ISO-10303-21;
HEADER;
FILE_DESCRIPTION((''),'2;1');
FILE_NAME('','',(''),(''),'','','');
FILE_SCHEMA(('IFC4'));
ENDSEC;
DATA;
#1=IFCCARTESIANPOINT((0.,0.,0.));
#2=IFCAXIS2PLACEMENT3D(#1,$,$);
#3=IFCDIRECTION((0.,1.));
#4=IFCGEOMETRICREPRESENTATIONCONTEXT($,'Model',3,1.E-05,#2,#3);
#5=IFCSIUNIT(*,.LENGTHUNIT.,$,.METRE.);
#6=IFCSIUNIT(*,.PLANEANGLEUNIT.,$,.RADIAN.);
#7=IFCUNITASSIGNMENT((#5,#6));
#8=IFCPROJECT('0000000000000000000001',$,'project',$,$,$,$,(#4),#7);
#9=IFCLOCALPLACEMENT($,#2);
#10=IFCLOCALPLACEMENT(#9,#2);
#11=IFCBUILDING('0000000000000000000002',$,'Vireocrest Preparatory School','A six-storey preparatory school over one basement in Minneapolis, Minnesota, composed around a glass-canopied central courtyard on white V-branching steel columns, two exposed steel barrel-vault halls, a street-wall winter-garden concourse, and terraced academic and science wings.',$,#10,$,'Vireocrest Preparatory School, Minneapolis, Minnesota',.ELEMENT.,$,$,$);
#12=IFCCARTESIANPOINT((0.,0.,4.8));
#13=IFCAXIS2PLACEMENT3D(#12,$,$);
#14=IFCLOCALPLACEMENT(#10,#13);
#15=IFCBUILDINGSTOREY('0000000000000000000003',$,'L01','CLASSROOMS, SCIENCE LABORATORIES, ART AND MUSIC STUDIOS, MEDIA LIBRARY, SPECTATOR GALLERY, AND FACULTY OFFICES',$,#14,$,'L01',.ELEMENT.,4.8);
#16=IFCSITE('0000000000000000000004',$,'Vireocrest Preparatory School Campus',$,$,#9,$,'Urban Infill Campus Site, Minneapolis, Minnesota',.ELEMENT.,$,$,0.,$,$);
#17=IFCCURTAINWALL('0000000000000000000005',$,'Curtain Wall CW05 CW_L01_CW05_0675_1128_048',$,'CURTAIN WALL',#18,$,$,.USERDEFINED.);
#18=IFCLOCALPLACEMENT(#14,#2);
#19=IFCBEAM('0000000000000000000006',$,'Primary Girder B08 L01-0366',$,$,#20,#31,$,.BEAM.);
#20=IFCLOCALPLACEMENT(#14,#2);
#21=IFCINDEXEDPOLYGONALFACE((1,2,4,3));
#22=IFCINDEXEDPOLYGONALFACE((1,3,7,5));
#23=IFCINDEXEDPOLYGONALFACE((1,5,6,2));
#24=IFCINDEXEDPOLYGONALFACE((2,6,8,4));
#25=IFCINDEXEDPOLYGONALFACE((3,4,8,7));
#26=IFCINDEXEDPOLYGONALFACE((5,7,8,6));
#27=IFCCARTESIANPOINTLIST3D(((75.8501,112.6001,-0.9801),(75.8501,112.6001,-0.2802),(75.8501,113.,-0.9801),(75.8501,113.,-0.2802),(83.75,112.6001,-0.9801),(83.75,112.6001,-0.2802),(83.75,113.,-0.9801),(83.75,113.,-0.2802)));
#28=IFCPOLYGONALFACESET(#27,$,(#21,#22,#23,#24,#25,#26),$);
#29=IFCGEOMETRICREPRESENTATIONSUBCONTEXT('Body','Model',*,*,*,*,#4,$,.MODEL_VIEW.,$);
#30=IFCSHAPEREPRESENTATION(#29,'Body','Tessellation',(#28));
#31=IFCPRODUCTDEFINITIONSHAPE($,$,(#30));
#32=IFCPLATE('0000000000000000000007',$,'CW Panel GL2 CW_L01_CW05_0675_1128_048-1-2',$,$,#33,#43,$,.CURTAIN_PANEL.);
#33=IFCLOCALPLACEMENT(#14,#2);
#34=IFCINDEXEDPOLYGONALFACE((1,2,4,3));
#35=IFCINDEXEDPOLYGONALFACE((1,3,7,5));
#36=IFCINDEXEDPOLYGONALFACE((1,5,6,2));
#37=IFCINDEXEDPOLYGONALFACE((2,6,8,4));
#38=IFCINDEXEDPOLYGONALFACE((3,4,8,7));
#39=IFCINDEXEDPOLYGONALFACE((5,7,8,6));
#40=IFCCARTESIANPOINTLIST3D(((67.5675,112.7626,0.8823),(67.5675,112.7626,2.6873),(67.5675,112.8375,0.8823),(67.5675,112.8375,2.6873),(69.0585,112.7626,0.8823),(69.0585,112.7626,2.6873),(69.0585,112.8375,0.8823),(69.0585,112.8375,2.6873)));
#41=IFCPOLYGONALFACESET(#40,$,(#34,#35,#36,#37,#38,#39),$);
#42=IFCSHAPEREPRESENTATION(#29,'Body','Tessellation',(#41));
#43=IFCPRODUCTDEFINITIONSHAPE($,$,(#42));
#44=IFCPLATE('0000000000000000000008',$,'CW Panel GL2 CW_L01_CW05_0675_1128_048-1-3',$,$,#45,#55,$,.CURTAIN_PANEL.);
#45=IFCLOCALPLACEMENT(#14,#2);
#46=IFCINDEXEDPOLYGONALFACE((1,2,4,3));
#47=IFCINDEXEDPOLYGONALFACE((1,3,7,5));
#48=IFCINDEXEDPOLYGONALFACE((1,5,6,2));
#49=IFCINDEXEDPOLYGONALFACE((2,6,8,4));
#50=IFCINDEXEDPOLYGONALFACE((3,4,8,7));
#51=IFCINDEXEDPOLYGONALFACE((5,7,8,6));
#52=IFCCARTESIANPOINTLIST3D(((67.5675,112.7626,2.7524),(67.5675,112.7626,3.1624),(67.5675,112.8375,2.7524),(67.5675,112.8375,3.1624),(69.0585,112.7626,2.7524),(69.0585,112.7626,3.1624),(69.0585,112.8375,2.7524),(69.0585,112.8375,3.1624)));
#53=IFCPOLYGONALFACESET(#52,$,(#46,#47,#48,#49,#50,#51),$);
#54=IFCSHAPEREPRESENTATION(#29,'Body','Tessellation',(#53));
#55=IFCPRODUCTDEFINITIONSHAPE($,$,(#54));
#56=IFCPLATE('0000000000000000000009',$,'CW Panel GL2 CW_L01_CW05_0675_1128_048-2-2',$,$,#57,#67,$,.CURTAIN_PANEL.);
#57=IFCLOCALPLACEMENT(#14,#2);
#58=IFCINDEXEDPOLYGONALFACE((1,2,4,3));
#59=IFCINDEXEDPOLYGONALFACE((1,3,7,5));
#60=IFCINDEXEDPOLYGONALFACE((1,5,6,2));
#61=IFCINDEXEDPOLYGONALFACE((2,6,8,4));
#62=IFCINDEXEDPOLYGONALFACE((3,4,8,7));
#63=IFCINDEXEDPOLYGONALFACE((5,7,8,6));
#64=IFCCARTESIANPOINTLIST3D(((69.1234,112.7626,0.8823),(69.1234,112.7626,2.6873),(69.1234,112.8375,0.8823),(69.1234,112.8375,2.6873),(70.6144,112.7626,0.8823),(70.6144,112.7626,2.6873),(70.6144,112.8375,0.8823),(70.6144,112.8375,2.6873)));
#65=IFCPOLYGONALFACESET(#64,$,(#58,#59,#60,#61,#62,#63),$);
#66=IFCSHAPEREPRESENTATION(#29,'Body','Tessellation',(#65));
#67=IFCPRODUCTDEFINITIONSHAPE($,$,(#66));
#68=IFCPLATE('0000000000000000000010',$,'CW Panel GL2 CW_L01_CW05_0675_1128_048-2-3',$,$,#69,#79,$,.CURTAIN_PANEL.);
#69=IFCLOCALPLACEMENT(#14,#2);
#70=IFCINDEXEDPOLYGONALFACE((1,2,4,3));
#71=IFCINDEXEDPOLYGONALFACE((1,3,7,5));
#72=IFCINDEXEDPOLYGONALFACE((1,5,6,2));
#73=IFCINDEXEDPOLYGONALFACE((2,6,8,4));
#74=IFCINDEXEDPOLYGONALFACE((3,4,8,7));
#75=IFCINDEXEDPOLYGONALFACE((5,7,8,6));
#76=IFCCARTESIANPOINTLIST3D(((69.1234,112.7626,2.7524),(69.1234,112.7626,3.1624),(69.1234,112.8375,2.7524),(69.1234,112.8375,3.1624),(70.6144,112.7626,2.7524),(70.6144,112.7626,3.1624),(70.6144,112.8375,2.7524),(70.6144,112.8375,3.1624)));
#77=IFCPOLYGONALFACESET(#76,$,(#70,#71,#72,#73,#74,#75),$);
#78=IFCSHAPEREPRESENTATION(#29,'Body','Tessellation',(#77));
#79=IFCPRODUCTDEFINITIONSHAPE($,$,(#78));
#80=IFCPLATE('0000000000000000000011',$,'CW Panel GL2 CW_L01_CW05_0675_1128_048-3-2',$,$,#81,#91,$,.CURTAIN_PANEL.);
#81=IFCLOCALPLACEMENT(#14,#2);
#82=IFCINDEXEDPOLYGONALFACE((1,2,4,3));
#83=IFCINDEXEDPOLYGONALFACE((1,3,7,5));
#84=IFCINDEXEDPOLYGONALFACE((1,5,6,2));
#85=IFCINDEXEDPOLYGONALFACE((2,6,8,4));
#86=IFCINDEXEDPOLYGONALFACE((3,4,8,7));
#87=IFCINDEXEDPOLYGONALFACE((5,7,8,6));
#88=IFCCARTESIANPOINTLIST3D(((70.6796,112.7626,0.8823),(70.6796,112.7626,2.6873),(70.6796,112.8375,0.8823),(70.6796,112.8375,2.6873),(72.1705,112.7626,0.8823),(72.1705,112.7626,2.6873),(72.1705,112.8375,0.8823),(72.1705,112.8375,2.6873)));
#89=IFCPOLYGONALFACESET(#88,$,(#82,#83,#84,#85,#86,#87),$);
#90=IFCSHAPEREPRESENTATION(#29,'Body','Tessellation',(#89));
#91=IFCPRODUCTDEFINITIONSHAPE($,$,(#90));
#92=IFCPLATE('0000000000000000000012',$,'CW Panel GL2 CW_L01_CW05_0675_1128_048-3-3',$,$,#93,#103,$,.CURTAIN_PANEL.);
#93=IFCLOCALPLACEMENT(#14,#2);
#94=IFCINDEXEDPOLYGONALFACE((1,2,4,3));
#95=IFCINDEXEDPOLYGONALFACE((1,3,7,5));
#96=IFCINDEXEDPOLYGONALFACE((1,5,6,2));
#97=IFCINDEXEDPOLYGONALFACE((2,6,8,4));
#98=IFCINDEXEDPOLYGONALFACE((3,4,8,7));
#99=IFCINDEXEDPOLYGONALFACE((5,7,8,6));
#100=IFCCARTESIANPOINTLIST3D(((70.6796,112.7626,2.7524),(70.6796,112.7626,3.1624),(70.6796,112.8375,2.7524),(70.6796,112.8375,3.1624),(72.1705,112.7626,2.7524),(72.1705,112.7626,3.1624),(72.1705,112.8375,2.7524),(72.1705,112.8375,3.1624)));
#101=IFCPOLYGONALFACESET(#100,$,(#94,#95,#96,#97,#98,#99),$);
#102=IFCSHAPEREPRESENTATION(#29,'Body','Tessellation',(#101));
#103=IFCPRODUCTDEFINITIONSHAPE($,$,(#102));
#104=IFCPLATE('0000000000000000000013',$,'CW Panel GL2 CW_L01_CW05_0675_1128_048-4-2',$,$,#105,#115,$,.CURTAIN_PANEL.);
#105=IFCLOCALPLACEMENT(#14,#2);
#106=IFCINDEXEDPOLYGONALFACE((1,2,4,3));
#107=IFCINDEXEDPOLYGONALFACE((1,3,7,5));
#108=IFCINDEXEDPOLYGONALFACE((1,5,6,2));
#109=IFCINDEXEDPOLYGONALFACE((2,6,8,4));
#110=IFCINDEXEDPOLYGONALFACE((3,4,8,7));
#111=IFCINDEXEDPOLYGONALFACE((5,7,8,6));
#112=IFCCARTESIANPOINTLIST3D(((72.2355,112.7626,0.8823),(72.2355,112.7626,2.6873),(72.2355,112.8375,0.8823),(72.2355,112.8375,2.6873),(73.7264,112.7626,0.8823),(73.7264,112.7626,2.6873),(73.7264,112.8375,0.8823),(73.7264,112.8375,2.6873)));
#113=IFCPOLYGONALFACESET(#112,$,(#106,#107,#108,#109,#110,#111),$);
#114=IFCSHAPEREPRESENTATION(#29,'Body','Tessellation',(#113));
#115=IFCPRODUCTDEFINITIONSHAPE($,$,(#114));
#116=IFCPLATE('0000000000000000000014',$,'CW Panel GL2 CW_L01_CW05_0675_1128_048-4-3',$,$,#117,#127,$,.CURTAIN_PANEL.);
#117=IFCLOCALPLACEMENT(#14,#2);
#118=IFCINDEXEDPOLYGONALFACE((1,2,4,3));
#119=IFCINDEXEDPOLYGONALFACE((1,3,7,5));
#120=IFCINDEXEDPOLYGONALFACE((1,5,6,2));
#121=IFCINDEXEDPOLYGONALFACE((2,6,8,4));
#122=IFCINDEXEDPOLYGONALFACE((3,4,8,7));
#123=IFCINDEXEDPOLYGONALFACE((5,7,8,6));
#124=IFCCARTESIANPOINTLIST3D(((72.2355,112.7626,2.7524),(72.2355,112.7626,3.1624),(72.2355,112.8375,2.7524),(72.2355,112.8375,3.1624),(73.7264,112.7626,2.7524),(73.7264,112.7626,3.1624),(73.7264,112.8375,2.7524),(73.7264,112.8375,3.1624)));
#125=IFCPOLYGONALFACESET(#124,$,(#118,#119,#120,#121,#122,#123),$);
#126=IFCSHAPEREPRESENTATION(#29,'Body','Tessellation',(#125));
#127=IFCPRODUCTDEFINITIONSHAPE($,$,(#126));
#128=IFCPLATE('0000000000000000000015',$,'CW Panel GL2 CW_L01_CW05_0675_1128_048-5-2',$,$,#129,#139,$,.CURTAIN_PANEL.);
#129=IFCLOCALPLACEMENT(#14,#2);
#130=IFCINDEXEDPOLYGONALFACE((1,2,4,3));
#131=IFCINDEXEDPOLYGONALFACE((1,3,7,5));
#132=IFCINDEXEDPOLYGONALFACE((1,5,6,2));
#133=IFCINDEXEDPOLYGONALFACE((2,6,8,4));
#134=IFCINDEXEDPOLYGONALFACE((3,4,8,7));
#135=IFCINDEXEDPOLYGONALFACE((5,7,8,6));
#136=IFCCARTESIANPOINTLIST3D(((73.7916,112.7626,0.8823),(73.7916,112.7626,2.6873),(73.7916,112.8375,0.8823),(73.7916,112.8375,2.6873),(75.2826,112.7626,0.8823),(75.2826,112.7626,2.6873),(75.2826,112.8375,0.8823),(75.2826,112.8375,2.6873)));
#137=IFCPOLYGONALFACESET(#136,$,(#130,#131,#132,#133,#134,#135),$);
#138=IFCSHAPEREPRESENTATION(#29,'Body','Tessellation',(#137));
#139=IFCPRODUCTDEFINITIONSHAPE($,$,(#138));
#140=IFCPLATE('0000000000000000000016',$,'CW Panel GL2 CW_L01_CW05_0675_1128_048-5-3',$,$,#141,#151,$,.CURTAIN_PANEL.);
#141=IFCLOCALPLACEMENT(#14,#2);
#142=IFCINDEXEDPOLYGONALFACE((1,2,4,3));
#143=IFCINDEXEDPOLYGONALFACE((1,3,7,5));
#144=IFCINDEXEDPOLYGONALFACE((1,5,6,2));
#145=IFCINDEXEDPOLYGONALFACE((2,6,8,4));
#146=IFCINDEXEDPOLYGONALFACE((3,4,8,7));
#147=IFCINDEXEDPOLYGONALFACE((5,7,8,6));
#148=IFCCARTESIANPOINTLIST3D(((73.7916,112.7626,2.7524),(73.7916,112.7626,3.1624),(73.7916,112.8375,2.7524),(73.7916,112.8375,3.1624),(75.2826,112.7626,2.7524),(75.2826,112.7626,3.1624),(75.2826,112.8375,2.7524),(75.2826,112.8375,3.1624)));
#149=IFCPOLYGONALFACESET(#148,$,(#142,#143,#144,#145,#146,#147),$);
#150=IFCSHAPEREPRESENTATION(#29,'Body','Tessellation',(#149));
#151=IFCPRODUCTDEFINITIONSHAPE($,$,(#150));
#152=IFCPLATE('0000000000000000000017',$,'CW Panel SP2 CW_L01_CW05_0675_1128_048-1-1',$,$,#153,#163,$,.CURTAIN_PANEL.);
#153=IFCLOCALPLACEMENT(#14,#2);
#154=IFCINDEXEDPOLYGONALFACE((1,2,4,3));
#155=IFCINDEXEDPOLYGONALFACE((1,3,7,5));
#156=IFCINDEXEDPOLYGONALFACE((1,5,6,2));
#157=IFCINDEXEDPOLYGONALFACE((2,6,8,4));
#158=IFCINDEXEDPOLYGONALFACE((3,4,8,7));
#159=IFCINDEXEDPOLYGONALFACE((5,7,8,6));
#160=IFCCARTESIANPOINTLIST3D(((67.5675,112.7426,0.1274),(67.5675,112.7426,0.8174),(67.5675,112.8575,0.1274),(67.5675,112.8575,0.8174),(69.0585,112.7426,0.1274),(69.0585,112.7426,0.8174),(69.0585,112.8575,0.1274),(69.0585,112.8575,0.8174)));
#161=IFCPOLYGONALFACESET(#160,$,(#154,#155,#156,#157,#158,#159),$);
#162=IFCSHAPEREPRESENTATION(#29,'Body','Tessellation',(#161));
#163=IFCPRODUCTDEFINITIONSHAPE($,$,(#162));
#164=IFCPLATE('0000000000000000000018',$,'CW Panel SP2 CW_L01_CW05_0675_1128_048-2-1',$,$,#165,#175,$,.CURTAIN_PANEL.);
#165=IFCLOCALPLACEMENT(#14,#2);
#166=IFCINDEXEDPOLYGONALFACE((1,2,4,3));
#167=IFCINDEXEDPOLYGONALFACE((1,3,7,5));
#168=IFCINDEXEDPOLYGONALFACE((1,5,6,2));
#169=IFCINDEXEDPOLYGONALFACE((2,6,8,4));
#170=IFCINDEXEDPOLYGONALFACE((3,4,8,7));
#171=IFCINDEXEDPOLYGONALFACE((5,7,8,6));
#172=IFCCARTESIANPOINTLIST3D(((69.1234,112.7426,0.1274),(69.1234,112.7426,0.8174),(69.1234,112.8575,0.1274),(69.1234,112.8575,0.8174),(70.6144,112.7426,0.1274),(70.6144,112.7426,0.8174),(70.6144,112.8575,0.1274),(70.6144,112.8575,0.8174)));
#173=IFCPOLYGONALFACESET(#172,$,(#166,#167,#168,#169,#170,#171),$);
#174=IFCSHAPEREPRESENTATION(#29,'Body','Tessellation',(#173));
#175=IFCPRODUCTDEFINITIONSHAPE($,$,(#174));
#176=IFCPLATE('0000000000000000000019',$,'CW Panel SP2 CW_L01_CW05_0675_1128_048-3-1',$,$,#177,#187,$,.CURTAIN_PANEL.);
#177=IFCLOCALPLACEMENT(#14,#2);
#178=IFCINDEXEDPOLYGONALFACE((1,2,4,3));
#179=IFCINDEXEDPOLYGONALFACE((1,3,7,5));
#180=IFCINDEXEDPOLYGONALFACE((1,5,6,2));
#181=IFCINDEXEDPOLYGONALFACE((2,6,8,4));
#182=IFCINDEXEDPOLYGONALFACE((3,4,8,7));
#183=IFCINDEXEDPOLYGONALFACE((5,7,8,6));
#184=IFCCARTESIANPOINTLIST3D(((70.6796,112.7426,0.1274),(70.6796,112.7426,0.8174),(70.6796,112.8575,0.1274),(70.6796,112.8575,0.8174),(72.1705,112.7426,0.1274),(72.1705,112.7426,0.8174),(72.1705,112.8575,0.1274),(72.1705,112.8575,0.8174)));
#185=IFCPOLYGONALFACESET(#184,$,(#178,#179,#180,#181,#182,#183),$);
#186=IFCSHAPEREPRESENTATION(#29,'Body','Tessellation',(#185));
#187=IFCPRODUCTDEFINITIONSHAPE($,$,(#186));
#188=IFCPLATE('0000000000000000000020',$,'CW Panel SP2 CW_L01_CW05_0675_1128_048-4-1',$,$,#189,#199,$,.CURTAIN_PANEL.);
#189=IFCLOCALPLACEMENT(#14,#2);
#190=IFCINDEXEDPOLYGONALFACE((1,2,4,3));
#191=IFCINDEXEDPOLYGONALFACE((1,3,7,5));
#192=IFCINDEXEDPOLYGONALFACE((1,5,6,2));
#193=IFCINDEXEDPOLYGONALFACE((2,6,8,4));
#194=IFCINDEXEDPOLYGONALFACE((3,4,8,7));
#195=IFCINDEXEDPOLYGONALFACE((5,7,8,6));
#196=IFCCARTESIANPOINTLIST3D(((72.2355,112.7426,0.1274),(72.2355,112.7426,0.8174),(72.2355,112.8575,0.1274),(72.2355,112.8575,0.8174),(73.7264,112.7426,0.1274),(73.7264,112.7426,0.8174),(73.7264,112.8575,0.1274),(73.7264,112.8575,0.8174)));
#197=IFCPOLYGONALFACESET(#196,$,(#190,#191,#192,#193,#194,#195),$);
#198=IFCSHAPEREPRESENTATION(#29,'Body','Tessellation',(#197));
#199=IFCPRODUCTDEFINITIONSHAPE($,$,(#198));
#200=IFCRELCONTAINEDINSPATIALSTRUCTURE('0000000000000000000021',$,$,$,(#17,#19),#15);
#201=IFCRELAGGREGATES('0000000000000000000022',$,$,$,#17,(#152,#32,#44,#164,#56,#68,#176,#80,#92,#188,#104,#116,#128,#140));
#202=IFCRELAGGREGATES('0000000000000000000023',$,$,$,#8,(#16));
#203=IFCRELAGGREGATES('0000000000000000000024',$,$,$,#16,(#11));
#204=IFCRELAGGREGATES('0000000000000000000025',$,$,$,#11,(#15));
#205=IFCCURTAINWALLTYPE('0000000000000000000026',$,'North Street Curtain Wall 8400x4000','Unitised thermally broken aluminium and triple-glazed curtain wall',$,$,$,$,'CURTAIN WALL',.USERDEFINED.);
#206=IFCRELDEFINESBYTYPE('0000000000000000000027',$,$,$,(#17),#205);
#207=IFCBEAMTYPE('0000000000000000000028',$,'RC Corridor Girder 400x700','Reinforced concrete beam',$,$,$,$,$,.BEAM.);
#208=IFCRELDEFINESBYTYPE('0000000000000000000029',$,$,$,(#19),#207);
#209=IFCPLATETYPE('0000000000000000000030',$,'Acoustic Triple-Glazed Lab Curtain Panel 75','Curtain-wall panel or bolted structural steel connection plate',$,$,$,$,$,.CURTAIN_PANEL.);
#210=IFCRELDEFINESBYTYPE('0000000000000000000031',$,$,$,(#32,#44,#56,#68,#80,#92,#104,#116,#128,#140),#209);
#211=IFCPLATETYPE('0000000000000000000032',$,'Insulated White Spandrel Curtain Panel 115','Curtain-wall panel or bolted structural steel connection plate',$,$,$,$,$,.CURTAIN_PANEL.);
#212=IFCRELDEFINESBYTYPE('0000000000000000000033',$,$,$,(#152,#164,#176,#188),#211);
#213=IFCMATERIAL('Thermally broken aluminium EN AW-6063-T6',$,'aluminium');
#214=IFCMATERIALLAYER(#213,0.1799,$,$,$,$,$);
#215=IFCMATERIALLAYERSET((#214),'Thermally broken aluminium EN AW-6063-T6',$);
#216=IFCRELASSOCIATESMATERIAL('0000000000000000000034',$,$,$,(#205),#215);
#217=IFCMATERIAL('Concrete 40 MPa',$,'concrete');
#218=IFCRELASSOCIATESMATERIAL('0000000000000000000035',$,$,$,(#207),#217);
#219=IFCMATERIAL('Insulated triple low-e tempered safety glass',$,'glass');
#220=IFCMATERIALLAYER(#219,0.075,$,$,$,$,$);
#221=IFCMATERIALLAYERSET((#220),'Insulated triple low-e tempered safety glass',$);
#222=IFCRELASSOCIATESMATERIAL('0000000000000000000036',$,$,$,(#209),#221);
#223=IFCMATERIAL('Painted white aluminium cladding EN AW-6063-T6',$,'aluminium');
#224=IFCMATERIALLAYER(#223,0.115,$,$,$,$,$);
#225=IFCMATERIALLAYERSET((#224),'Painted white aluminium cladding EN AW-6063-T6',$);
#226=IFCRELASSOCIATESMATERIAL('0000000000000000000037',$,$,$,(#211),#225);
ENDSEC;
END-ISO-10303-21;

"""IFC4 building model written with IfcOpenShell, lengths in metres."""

from ifc_helpers import new_model, si_unit, direction, frame, origin, origin_2d, place, context, subcontext, project, spatial, rectangle, extrude, material, layer, layer_set, material_profile, profile_set, type_object, element, aggregate, save


model = new_model("IFC4")

# Units and contexts
model_context = context("Model", 3, precision=1e-05, world=origin(), true_north=direction((0.0, 1.0)))
body_context = subcontext(model_context, "Body", "Model", "MODEL_VIEW")
ifc_project = project(units=[si_unit("LENGTHUNIT", "METRE"), si_unit("PLANEANGLEUNIT", "RADIAN")], contexts=[model_context])

# Site, building, storey
site_placement = place(None, origin())
site = spatial("IfcSite", under=ifc_project, at=site_placement, Name="Vireocrest Preparatory School Campus", LongName="Urban Infill Campus Site, Minneapolis, Minnesota", CompositionType="ELEMENT", RefElevation=0.0)
building_placement = place(site_placement, origin())
building = spatial("IfcBuilding", under=site, at=building_placement, Name="Vireocrest Preparatory School", Description="A six-storey preparatory school over one basement in Minneapolis, Minnesota, composed around a glass-canopied central courtyard on white V-branching steel columns, two exposed steel barrel-vault halls, a street-wall winter-garden concourse, and terraced academic and science wings.", LongName="Vireocrest Preparatory School, Minneapolis, Minnesota", CompositionType="ELEMENT")
storey_placement = place(building_placement, frame((0.0, 0.0, 4.8)))
storey = spatial("IfcBuildingStorey", under=building, at=storey_placement, Name="L01", Description="CLASSROOMS, SCIENCE LABORATORIES, ART AND MUSIC STUDIOS, MEDIA LIBRARY, SPECTATOR GALLERY, AND FACULTY OFFICES", LongName="L01", CompositionType="ELEMENT", Elevation=4.8)

# Curtain wall
ifc_material_1 = material(Name="Thermally broken aluminium EN AW-6063-T6", Category="aluminium")
ifc_layer_1 = layer(ifc_material_1, 0.1799)
ifc_layer_set_1 = layer_set([ifc_layer_1], Name="Thermally broken aluminium EN AW-6063-T6")
curtain_wall_type = type_object("IfcCurtainWallType", Name="North Street Curtain Wall 8400x4000", Description="Unitised thermally broken aluminium and triple-glazed curtain wall", ElementType="CURTAIN WALL", PredefinedType="USERDEFINED", material=ifc_layer_set_1)
curtain_wall_1_placement = place(storey_placement, origin())
curtain_wall_1 = element("IfcCurtainWall", 1, at=curtain_wall_1_placement, inside=storey, type_object=curtain_wall_type, Name="Curtain Wall CW05 CW_L01_CW05_0675_1128_048", ObjectType="CURTAIN WALL", PredefinedType="USERDEFINED")

# Beam
ifc_material_2 = material(Name="Concrete 40 MPa", Category="concrete")
ifc_material_profile_1 = material_profile(ifc_material_2, rectangle(XDim=0.3999, YDim=0.7, at=origin_2d()), Name="RC 400x700")
ifc_profile_set_1 = profile_set([ifc_material_profile_1], Name="Concrete 40 MPa")
beam_type_1 = type_object("IfcBeamType", Name="RC Corridor Girder 400x700", Description="Reinforced concrete beam", PredefinedType="BEAM", material=ifc_profile_set_1)
beam_1_placement = place(storey_placement, frame((75.8501, 112.8, -0.6301), z_axis=(1.0, 0.0, 0.0), x_axis=(0.0, 1.0, 0.0)))
element("IfcBeam", 2, at=beam_1_placement, inside=storey, type_object=beam_type_1, Name="Primary Girder B08 L01-0366", PredefinedType="BEAM", context=body_context, shape_type="SweptSolid", body=[
    extrude(rectangle(XDim=0.3999, YDim=0.7, at=origin_2d()), origin(), (0.0, 0.0, 1.0), 7.8999),
])

# Plates
ifc_material_3 = material(Name="Insulated triple low-e tempered safety glass", Category="glass")
ifc_layer_2 = layer(ifc_material_3, 0.075)
ifc_layer_set_2 = layer_set([ifc_layer_2], Name="Insulated triple low-e tempered safety glass")
plate_type_1 = type_object("IfcPlateType", Name="Acoustic Triple-Glazed Lab Curtain Panel 75", Description="Curtain-wall panel or bolted structural steel connection plate", PredefinedType="CURTAIN_PANEL", material=ifc_layer_set_2)
plate_1_placement = place(storey_placement, frame((68.313, 112.8, 0.8823), z_axis=(0.0, 0.0, 1.0), x_axis=(1.0, 0.0, 0.0)))
plate_1 = element("IfcPlate", 3, at=plate_1_placement, type_object=plate_type_1, Name="CW Panel GL2 CW_L01_CW05_0675_1128_048-1-2", PredefinedType="CURTAIN_PANEL", context=body_context, shape_type="SweptSolid", body=[
    extrude(rectangle(XDim=1.491, YDim=0.075, at=origin_2d()), origin(), (0.0, 0.0, 1.0), 1.8049),
])
plate_2_placement = place(storey_placement, frame((68.313, 112.8, 2.7524), z_axis=(0.0, 0.0, 1.0), x_axis=(1.0, 0.0, 0.0)))
plate_2 = element("IfcPlate", 4, at=plate_2_placement, type_object=plate_type_1, Name="CW Panel GL2 CW_L01_CW05_0675_1128_048-1-3", PredefinedType="CURTAIN_PANEL", context=body_context, shape_type="SweptSolid", body=[
    extrude(rectangle(XDim=1.491, YDim=0.075, at=origin_2d()), origin(), (0.0, 0.0, 1.0), 0.4099),
])
plate_3_placement = place(storey_placement, frame((69.8689, 112.8, 0.8823), z_axis=(0.0, 0.0, 1.0), x_axis=(1.0, 0.0, 0.0)))
plate_3 = element("IfcPlate", 5, at=plate_3_placement, type_object=plate_type_1, Name="CW Panel GL2 CW_L01_CW05_0675_1128_048-2-2", PredefinedType="CURTAIN_PANEL", context=body_context, shape_type="SweptSolid", body=[
    extrude(rectangle(XDim=1.491, YDim=0.075, at=origin_2d()), origin(), (0.0, 0.0, 1.0), 1.8049),
])
plate_4_placement = place(storey_placement, frame((69.8689, 112.8, 2.7524), z_axis=(0.0, 0.0, 1.0), x_axis=(1.0, 0.0, 0.0)))
plate_4 = element("IfcPlate", 6, at=plate_4_placement, type_object=plate_type_1, Name="CW Panel GL2 CW_L01_CW05_0675_1128_048-2-3", PredefinedType="CURTAIN_PANEL", context=body_context, shape_type="SweptSolid", body=[
    extrude(rectangle(XDim=1.491, YDim=0.075, at=origin_2d()), origin(), (0.0, 0.0, 1.0), 0.4099),
])
plate_5_placement = place(storey_placement, frame((71.425, 112.8, 0.8823), z_axis=(0.0, 0.0, 1.0), x_axis=(1.0, 0.0, 0.0)))
plate_5 = element("IfcPlate", 7, at=plate_5_placement, type_object=plate_type_1, Name="CW Panel GL2 CW_L01_CW05_0675_1128_048-3-2", PredefinedType="CURTAIN_PANEL", context=body_context, shape_type="SweptSolid", body=[
    extrude(rectangle(XDim=1.491, YDim=0.075, at=origin_2d()), origin(), (0.0, 0.0, 1.0), 1.8049),
])
plate_6_placement = place(storey_placement, frame((71.425, 112.8, 2.7524), z_axis=(0.0, 0.0, 1.0), x_axis=(1.0, 0.0, 0.0)))
plate_6 = element("IfcPlate", 8, at=plate_6_placement, type_object=plate_type_1, Name="CW Panel GL2 CW_L01_CW05_0675_1128_048-3-3", PredefinedType="CURTAIN_PANEL", context=body_context, shape_type="SweptSolid", body=[
    extrude(rectangle(XDim=1.491, YDim=0.075, at=origin_2d()), origin(), (0.0, 0.0, 1.0), 0.4099),
])
plate_7_placement = place(storey_placement, frame((72.981, 112.8, 0.8823), z_axis=(0.0, 0.0, 1.0), x_axis=(1.0, 0.0, 0.0)))
plate_7 = element("IfcPlate", 9, at=plate_7_placement, type_object=plate_type_1, Name="CW Panel GL2 CW_L01_CW05_0675_1128_048-4-2", PredefinedType="CURTAIN_PANEL", context=body_context, shape_type="SweptSolid", body=[
    extrude(rectangle(XDim=1.491, YDim=0.075, at=origin_2d()), origin(), (0.0, 0.0, 1.0), 1.8049),
])
plate_8_placement = place(storey_placement, frame((72.981, 112.8, 2.7524), z_axis=(0.0, 0.0, 1.0), x_axis=(1.0, 0.0, 0.0)))
plate_8 = element("IfcPlate", 10, at=plate_8_placement, type_object=plate_type_1, Name="CW Panel GL2 CW_L01_CW05_0675_1128_048-4-3", PredefinedType="CURTAIN_PANEL", context=body_context, shape_type="SweptSolid", body=[
    extrude(rectangle(XDim=1.491, YDim=0.075, at=origin_2d()), origin(), (0.0, 0.0, 1.0), 0.4099),
])
plate_9_placement = place(storey_placement, frame((74.5371, 112.8, 0.8823), z_axis=(0.0, 0.0, 1.0), x_axis=(1.0, 0.0, 0.0)))
plate_9 = element("IfcPlate", 11, at=plate_9_placement, type_object=plate_type_1, Name="CW Panel GL2 CW_L01_CW05_0675_1128_048-5-2", PredefinedType="CURTAIN_PANEL", context=body_context, shape_type="SweptSolid", body=[
    extrude(rectangle(XDim=1.491, YDim=0.075, at=origin_2d()), origin(), (0.0, 0.0, 1.0), 1.8049),
])
plate_10_placement = place(storey_placement, frame((74.5371, 112.8, 2.7524), z_axis=(0.0, 0.0, 1.0), x_axis=(1.0, 0.0, 0.0)))
plate_10 = element("IfcPlate", 12, at=plate_10_placement, type_object=plate_type_1, Name="CW Panel GL2 CW_L01_CW05_0675_1128_048-5-3", PredefinedType="CURTAIN_PANEL", context=body_context, shape_type="SweptSolid", body=[
    extrude(rectangle(XDim=1.491, YDim=0.075, at=origin_2d()), origin(), (0.0, 0.0, 1.0), 0.4099),
])
ifc_material_4 = material(Name="Painted white aluminium cladding EN AW-6063-T6", Category="aluminium")
ifc_layer_3 = layer(ifc_material_4, 0.115)
ifc_layer_set_3 = layer_set([ifc_layer_3], Name="Painted white aluminium cladding EN AW-6063-T6")
plate_type_2 = type_object("IfcPlateType", Name="Insulated White Spandrel Curtain Panel 115", Description="Curtain-wall panel or bolted structural steel connection plate", PredefinedType="CURTAIN_PANEL", material=ifc_layer_set_3)
plate_11_placement = place(storey_placement, frame((68.313, 112.8, 0.1274), z_axis=(0.0, 0.0, 1.0), x_axis=(1.0, 0.0, 0.0)))
plate_11 = element("IfcPlate", 13, at=plate_11_placement, type_object=plate_type_2, Name="CW Panel SP2 CW_L01_CW05_0675_1128_048-1-1", PredefinedType="CURTAIN_PANEL", context=body_context, shape_type="SweptSolid", body=[
    extrude(rectangle(XDim=1.491, YDim=0.115, at=origin_2d()), origin(), (0.0, 0.0, 1.0), 0.6899),
])
plate_12_placement = place(storey_placement, frame((69.8689, 112.8, 0.1274), z_axis=(0.0, 0.0, 1.0), x_axis=(1.0, 0.0, 0.0)))
plate_12 = element("IfcPlate", 14, at=plate_12_placement, type_object=plate_type_2, Name="CW Panel SP2 CW_L01_CW05_0675_1128_048-2-1", PredefinedType="CURTAIN_PANEL", context=body_context, shape_type="SweptSolid", body=[
    extrude(rectangle(XDim=1.491, YDim=0.115, at=origin_2d()), origin(), (0.0, 0.0, 1.0), 0.6899),
])
plate_13_placement = place(storey_placement, frame((71.425, 112.8, 0.1274), z_axis=(0.0, 0.0, 1.0), x_axis=(1.0, 0.0, 0.0)))
plate_13 = element("IfcPlate", 15, at=plate_13_placement, type_object=plate_type_2, Name="CW Panel SP2 CW_L01_CW05_0675_1128_048-3-1", PredefinedType="CURTAIN_PANEL", context=body_context, shape_type="SweptSolid", body=[
    extrude(rectangle(XDim=1.491, YDim=0.115, at=origin_2d()), origin(), (0.0, 0.0, 1.0), 0.6899),
])
plate_14_placement = place(storey_placement, frame((72.981, 112.8, 0.1274), z_axis=(0.0, 0.0, 1.0), x_axis=(1.0, 0.0, 0.0)))
plate_14 = element("IfcPlate", 16, at=plate_14_placement, type_object=plate_type_2, Name="CW Panel SP2 CW_L01_CW05_0675_1128_048-4-1", PredefinedType="CURTAIN_PANEL", context=body_context, shape_type="SweptSolid", body=[
    extrude(rectangle(XDim=1.491, YDim=0.115, at=origin_2d()), origin(), (0.0, 0.0, 1.0), 0.6899),
])
aggregate(curtain_wall_1, [plate_11, plate_1, plate_2, plate_12, plate_3, plate_4, plate_13, plate_5, plate_6, plate_14, plate_7, plate_8, plate_9, plate_10])

save(model, "model.ifc")
